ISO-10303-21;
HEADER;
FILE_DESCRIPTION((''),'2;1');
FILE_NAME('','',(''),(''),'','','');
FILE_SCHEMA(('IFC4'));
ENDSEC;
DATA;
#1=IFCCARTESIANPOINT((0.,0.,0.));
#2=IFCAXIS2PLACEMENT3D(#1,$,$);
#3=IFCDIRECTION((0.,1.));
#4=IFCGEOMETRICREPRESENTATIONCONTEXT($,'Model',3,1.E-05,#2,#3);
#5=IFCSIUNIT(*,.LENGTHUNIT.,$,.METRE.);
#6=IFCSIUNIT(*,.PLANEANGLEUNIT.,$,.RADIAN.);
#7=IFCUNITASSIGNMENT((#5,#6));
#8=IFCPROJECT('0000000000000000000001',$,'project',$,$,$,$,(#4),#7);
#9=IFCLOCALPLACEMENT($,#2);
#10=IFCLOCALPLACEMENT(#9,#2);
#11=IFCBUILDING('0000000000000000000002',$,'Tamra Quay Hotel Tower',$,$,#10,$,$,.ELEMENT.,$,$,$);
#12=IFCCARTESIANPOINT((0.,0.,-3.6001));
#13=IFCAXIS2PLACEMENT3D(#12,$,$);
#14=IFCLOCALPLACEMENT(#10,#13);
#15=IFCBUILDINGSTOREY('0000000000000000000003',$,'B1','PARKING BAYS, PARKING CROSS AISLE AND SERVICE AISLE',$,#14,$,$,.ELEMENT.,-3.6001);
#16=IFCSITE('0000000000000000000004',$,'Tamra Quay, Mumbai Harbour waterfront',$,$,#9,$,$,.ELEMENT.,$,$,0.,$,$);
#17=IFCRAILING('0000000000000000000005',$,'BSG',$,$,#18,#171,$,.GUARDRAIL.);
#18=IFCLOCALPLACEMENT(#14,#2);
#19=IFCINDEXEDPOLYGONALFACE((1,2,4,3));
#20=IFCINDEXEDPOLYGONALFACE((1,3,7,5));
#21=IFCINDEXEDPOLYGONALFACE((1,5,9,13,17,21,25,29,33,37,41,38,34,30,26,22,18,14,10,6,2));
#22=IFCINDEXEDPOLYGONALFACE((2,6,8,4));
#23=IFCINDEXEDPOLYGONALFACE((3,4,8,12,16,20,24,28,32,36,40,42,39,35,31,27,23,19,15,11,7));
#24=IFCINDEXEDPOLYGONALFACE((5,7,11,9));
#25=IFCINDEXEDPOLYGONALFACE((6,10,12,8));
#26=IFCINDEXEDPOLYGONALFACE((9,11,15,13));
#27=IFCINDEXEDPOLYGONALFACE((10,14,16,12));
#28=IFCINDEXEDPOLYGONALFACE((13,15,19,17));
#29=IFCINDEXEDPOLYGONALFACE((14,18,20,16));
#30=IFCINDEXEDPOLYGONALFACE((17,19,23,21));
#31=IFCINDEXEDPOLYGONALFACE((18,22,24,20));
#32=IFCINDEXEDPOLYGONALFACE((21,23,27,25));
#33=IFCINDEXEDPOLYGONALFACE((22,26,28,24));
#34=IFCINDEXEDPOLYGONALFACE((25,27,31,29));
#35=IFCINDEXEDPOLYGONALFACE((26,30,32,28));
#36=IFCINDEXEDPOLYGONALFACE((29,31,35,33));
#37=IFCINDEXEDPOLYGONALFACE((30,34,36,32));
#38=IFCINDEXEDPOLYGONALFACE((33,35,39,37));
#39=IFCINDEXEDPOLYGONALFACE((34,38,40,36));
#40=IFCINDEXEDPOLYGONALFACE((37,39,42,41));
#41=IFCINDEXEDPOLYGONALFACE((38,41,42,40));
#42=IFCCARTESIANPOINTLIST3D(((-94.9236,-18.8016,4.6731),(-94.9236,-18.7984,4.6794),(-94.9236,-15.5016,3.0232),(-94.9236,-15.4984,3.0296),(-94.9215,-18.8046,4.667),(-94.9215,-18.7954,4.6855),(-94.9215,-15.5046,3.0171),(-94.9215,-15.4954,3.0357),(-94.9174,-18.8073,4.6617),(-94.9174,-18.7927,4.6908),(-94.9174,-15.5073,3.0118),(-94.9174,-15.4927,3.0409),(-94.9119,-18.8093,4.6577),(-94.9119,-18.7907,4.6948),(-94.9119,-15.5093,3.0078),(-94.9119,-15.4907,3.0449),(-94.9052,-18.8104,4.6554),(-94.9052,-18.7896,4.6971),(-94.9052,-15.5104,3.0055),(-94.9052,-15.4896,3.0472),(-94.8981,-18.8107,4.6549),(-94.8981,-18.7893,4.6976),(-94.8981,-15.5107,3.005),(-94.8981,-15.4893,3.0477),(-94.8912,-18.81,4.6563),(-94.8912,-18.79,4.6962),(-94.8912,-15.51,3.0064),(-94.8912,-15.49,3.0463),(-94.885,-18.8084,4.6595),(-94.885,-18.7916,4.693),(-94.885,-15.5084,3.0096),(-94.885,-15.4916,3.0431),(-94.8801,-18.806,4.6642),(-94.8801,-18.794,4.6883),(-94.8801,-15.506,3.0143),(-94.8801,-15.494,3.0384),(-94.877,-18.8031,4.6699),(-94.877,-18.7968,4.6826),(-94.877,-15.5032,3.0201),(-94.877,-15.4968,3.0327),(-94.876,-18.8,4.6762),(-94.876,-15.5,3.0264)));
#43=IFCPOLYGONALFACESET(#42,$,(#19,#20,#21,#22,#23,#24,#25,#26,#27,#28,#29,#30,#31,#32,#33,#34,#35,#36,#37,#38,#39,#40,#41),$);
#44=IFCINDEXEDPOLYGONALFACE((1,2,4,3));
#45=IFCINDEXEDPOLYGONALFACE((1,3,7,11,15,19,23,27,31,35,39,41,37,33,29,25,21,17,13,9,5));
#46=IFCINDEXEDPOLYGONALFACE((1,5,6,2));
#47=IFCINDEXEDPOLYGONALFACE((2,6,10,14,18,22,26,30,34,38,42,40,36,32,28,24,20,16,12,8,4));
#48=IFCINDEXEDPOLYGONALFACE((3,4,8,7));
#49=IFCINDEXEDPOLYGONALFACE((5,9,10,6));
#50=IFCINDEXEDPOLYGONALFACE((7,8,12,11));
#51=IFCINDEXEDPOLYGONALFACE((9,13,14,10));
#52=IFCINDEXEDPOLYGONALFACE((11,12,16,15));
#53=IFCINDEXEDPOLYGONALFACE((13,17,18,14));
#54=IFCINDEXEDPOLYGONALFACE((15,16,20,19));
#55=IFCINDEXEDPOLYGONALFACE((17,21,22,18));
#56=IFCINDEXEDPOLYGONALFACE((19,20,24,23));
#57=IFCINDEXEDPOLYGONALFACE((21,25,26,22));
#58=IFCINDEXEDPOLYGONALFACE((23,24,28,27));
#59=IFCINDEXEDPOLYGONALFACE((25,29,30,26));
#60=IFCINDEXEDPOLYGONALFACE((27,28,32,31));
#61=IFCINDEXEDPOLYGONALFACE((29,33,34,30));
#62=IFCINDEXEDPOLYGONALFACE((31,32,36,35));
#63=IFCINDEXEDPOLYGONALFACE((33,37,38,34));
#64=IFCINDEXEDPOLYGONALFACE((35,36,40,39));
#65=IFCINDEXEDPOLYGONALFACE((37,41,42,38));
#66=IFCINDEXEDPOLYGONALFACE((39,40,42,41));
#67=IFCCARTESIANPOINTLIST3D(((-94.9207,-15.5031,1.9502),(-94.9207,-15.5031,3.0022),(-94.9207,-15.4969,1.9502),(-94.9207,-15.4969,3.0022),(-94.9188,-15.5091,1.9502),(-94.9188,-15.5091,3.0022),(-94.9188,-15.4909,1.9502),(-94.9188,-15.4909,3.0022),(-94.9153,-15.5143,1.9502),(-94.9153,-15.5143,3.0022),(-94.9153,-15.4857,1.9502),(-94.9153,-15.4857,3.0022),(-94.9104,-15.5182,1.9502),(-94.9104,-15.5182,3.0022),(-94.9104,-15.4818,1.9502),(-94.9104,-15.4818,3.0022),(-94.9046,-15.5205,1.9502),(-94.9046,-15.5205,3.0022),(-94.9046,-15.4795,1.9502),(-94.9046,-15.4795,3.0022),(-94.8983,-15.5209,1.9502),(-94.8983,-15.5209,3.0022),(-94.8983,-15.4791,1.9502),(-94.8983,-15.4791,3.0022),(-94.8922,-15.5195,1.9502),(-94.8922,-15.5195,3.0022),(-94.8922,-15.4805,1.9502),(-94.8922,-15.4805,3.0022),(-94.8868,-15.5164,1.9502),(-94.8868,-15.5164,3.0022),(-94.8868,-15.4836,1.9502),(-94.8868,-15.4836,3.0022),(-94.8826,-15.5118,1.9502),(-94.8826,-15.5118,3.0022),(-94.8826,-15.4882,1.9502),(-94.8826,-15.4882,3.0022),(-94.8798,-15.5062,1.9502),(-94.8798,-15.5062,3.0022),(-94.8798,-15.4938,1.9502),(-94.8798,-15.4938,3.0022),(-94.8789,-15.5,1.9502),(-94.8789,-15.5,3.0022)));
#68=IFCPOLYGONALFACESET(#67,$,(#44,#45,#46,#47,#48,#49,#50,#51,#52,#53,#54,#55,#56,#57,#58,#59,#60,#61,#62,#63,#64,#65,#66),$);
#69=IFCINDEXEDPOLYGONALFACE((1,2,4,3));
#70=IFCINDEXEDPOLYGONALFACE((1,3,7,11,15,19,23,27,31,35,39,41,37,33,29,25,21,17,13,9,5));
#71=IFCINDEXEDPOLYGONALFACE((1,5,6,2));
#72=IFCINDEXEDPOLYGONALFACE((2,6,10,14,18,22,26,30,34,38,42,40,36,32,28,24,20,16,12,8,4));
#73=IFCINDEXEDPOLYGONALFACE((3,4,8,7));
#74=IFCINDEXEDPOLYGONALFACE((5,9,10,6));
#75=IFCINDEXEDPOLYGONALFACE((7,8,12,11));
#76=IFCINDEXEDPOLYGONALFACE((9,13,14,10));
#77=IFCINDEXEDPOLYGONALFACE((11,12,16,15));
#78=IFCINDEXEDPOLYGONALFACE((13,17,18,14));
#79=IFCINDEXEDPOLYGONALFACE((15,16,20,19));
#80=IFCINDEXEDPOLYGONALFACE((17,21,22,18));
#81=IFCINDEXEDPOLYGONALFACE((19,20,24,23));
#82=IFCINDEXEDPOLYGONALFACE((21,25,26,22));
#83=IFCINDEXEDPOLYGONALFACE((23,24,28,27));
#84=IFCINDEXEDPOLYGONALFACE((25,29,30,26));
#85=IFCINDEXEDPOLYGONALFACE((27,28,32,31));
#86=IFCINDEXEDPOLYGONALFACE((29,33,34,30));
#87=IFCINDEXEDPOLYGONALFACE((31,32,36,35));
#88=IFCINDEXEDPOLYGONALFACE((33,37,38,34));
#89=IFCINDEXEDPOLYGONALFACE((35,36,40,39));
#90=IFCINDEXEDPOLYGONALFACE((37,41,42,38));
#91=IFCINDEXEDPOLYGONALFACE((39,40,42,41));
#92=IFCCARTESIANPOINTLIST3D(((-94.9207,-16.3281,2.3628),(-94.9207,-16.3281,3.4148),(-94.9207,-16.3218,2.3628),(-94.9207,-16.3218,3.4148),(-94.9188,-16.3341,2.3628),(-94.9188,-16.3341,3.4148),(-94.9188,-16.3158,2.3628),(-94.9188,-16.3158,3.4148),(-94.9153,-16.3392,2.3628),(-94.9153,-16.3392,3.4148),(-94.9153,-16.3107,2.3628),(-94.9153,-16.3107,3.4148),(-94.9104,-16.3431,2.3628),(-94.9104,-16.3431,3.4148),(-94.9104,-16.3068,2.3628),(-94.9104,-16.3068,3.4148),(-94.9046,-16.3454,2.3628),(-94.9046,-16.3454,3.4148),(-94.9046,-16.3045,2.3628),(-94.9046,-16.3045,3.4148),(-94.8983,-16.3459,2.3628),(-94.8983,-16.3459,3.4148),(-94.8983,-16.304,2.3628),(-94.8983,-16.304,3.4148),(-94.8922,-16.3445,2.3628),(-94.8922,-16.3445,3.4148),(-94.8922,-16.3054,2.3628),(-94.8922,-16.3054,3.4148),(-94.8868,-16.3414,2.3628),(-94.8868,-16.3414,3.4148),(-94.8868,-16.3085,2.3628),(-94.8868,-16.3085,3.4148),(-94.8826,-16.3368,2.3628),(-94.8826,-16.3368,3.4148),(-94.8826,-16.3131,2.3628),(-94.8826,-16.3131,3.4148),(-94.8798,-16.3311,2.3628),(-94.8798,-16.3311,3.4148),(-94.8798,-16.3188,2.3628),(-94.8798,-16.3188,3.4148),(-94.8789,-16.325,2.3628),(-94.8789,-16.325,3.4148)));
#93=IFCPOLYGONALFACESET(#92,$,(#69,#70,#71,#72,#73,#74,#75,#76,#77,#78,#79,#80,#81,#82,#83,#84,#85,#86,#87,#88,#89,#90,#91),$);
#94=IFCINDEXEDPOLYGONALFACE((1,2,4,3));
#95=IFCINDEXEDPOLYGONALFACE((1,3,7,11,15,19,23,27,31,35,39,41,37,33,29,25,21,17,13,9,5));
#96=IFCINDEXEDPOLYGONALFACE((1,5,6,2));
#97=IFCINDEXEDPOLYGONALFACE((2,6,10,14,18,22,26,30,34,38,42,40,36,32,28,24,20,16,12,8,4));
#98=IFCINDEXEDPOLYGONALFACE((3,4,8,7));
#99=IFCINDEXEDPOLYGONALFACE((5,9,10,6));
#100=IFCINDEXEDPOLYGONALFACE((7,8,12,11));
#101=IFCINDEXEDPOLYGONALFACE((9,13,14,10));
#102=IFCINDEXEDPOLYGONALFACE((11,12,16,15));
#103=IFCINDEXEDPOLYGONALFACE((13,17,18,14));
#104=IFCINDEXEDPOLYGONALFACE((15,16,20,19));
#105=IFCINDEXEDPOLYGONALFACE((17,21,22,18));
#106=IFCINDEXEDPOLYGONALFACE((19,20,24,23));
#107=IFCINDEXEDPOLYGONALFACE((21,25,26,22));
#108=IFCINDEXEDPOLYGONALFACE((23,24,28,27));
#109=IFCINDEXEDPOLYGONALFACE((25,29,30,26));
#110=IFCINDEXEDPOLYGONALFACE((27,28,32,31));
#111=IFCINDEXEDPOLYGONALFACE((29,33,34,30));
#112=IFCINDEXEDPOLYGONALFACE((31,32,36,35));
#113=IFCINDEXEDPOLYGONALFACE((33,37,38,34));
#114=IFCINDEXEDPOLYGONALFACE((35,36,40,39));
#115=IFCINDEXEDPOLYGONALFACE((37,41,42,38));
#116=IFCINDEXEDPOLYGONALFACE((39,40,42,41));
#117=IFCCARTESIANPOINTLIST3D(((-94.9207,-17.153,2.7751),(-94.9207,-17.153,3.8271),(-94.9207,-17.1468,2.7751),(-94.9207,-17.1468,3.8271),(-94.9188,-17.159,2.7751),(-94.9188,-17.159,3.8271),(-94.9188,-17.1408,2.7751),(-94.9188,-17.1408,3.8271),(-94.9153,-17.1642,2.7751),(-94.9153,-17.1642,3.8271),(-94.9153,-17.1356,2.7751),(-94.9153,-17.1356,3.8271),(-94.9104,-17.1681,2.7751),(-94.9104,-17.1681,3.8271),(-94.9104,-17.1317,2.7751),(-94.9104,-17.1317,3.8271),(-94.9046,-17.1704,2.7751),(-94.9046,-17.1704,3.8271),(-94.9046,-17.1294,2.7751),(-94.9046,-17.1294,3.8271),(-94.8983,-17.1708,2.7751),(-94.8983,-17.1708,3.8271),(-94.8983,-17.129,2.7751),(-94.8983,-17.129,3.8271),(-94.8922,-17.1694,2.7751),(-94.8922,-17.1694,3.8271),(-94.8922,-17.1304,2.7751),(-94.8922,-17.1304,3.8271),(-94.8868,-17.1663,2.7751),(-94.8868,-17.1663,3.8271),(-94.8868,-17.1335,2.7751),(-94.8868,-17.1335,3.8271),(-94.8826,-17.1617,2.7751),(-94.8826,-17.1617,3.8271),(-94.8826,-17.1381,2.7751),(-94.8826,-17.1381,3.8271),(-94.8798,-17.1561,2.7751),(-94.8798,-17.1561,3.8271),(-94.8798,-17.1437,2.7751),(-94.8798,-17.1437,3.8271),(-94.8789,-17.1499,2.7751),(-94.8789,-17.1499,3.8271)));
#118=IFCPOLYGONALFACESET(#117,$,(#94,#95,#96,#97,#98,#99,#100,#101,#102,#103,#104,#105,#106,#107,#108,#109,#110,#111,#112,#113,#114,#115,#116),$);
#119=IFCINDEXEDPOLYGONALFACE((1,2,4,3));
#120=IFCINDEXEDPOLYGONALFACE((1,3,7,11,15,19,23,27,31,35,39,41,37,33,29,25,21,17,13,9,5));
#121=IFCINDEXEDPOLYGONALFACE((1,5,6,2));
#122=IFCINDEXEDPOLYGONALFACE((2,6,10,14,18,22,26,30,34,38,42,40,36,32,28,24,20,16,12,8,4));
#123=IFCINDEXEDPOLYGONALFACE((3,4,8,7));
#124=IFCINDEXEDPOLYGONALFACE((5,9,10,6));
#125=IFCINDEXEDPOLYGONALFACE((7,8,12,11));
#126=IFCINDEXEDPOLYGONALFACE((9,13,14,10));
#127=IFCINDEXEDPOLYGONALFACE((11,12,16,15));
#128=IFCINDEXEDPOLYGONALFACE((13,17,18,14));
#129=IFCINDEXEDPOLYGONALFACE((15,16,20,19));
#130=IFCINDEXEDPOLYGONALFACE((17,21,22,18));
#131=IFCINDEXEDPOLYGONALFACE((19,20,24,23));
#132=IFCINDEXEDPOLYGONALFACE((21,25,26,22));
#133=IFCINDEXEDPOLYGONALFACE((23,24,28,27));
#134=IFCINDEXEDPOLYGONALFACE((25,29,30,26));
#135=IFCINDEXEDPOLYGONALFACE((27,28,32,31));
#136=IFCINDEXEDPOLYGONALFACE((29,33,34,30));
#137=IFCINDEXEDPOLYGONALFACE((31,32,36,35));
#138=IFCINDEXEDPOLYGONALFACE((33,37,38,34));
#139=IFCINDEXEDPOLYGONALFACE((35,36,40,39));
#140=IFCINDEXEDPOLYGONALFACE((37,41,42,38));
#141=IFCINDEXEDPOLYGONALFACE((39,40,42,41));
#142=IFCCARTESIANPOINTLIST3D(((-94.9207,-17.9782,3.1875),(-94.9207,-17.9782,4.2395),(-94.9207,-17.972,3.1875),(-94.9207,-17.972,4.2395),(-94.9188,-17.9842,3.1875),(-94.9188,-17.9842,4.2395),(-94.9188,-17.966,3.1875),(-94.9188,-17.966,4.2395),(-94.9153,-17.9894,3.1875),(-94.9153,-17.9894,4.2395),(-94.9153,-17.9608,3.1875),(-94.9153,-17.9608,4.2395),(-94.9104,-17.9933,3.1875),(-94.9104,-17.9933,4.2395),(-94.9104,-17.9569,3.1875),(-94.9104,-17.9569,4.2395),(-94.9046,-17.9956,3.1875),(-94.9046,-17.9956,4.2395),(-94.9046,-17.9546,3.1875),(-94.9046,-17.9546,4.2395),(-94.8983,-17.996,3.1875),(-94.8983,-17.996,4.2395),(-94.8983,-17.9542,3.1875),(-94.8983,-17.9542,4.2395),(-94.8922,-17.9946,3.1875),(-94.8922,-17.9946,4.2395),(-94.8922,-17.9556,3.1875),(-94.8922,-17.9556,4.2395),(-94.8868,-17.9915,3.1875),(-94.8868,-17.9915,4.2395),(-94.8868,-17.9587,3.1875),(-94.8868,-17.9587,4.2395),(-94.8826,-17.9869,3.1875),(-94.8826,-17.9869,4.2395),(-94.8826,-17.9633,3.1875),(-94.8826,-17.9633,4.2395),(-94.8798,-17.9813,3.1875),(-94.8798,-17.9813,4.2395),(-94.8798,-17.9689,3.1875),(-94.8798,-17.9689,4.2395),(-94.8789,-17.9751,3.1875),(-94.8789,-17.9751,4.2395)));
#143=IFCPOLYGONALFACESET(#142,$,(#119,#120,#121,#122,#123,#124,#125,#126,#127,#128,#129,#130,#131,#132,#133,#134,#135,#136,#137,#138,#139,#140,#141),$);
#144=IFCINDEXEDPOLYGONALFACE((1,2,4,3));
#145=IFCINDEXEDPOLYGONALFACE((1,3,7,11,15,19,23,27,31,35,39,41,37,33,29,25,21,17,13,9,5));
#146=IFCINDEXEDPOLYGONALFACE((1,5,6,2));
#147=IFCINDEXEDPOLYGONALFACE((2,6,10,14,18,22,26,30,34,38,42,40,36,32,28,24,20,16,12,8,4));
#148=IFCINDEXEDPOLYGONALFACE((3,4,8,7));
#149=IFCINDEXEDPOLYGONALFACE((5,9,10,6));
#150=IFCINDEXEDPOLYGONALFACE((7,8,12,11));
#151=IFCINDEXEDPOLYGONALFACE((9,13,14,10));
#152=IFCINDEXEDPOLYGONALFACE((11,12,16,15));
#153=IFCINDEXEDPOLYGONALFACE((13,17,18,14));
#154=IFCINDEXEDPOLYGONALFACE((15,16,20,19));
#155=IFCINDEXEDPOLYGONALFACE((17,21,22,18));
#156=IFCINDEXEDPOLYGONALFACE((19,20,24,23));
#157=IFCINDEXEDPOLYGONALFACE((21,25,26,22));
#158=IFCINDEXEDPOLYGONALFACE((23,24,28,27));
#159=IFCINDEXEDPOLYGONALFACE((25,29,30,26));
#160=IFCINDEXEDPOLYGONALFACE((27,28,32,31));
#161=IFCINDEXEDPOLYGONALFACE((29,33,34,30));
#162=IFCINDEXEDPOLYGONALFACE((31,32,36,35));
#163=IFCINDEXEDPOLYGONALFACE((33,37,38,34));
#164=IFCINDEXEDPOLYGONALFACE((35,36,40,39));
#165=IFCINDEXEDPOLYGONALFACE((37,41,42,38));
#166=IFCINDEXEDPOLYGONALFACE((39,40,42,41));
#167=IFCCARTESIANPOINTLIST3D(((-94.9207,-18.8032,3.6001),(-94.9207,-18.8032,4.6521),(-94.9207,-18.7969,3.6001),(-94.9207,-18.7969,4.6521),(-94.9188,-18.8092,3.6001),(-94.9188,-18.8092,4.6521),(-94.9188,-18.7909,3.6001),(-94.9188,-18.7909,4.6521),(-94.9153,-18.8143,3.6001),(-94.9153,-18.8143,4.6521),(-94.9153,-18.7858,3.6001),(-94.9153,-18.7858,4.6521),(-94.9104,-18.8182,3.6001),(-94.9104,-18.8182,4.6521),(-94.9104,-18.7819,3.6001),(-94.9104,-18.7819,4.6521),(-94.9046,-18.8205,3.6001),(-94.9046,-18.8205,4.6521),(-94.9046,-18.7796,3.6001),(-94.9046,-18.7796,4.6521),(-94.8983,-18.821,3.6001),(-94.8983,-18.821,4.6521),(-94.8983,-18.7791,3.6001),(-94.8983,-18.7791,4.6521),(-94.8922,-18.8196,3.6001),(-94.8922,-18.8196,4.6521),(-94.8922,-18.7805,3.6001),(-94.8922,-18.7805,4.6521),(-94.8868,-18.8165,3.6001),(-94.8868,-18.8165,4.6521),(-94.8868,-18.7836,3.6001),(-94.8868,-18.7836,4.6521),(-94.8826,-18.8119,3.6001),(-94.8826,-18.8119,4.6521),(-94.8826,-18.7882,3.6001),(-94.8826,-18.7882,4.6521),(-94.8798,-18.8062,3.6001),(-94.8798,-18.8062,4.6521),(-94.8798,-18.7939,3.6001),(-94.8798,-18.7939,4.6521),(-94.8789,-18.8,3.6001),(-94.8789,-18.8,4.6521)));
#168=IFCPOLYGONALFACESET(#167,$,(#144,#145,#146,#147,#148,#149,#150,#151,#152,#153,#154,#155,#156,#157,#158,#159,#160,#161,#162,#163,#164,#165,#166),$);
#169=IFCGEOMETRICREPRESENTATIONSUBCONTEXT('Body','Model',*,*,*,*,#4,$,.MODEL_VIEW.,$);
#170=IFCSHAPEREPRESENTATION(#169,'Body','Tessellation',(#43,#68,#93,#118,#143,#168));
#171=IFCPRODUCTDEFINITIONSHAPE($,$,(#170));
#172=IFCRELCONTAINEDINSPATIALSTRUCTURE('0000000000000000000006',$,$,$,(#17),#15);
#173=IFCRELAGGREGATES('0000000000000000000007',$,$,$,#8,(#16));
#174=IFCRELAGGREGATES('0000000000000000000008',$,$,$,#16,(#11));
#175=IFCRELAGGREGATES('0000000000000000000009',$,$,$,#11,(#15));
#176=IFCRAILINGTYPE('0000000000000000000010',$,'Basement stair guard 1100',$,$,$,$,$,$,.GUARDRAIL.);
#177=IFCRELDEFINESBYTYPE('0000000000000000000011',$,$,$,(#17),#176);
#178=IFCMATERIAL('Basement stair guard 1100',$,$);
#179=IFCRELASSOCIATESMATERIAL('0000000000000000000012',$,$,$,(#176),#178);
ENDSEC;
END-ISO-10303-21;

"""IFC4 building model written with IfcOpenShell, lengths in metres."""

from ifc_helpers import new_model, si_unit, direction, frame, origin, origin_2d, place, context, subcontext, project, spatial, circle, extrude, material, type_object, element, save


model = new_model("IFC4")

# Units and contexts
model_context = context("Model", 3, precision=1e-05, world=origin(), true_north=direction((0.0, 1.0)))
body_context = subcontext(model_context, "Body", "Model", "MODEL_VIEW")
ifc_project = project(units=[si_unit("LENGTHUNIT", "METRE"), si_unit("PLANEANGLEUNIT", "RADIAN")], contexts=[model_context])

# Site, building, storey
site_placement = place(None, origin())
site = spatial("IfcSite", under=ifc_project, at=site_placement, Name="Tamra Quay, Mumbai Harbour waterfront", CompositionType="ELEMENT", RefElevation=0.0)
building_placement = place(site_placement, origin())
building = spatial("IfcBuilding", under=site, at=building_placement, Name="Tamra Quay Hotel Tower", CompositionType="ELEMENT")
storey_placement = place(building_placement, frame((0.0, 0.0, -3.6001)))
storey = spatial("IfcBuildingStorey", under=building, at=storey_placement, Name="B1", Description="PARKING BAYS, PARKING CROSS AISLE AND SERVICE AISLE", CompositionType="ELEMENT", Elevation=-3.6001)

# Railing
ifc_material_1 = material(Name="Basement stair guard 1100")
railing_type_1 = type_object("IfcRailingType", Name="Basement stair guard 1100", PredefinedType="GUARDRAIL", material=ifc_material_1)
railing_1_placement = place(storey_placement, frame((-94.8999, -15.5, 1.9502)))
element("IfcRailing", 1, at=railing_1_placement, inside=storey, type_object=railing_type_1, Name="BSG", PredefinedType="GUARDRAIL", context=body_context, shape_type="SweptSolid", body=[
    extrude(circle(Radius=0.0239, at=origin_2d()), frame((0.0, 0.0, 1.0762), z_axis=(0.0, -0.89444, 0.447187), x_axis=(1.0, 0.0, 0.0)), (0.0, 0.0, 1.0), 3.6895),
    extrude(circle(Radius=0.021, at=origin_2d()), origin(), (0.0, 0.0, 1.0), 1.052),
    extrude(circle(Radius=0.021, at=origin_2d()), frame((0.0, -0.825, 0.4126)), (0.0, 0.0, 1.0), 1.052),
    extrude(circle(Radius=0.021, at=origin_2d()), frame((0.0, -1.6499, 0.825)), (0.0, 0.0, 1.0), 1.052),
    extrude(circle(Radius=0.021, at=origin_2d()), frame((0.0, -2.4751, 1.2373)), (0.0, 0.0, 1.0), 1.052),
    extrude(circle(Radius=0.021, at=origin_2d()), frame((0.0, -3.3, 1.6499)), (0.0, 0.0, 1.0), 1.052),
])

save(model, "model.ifc")
